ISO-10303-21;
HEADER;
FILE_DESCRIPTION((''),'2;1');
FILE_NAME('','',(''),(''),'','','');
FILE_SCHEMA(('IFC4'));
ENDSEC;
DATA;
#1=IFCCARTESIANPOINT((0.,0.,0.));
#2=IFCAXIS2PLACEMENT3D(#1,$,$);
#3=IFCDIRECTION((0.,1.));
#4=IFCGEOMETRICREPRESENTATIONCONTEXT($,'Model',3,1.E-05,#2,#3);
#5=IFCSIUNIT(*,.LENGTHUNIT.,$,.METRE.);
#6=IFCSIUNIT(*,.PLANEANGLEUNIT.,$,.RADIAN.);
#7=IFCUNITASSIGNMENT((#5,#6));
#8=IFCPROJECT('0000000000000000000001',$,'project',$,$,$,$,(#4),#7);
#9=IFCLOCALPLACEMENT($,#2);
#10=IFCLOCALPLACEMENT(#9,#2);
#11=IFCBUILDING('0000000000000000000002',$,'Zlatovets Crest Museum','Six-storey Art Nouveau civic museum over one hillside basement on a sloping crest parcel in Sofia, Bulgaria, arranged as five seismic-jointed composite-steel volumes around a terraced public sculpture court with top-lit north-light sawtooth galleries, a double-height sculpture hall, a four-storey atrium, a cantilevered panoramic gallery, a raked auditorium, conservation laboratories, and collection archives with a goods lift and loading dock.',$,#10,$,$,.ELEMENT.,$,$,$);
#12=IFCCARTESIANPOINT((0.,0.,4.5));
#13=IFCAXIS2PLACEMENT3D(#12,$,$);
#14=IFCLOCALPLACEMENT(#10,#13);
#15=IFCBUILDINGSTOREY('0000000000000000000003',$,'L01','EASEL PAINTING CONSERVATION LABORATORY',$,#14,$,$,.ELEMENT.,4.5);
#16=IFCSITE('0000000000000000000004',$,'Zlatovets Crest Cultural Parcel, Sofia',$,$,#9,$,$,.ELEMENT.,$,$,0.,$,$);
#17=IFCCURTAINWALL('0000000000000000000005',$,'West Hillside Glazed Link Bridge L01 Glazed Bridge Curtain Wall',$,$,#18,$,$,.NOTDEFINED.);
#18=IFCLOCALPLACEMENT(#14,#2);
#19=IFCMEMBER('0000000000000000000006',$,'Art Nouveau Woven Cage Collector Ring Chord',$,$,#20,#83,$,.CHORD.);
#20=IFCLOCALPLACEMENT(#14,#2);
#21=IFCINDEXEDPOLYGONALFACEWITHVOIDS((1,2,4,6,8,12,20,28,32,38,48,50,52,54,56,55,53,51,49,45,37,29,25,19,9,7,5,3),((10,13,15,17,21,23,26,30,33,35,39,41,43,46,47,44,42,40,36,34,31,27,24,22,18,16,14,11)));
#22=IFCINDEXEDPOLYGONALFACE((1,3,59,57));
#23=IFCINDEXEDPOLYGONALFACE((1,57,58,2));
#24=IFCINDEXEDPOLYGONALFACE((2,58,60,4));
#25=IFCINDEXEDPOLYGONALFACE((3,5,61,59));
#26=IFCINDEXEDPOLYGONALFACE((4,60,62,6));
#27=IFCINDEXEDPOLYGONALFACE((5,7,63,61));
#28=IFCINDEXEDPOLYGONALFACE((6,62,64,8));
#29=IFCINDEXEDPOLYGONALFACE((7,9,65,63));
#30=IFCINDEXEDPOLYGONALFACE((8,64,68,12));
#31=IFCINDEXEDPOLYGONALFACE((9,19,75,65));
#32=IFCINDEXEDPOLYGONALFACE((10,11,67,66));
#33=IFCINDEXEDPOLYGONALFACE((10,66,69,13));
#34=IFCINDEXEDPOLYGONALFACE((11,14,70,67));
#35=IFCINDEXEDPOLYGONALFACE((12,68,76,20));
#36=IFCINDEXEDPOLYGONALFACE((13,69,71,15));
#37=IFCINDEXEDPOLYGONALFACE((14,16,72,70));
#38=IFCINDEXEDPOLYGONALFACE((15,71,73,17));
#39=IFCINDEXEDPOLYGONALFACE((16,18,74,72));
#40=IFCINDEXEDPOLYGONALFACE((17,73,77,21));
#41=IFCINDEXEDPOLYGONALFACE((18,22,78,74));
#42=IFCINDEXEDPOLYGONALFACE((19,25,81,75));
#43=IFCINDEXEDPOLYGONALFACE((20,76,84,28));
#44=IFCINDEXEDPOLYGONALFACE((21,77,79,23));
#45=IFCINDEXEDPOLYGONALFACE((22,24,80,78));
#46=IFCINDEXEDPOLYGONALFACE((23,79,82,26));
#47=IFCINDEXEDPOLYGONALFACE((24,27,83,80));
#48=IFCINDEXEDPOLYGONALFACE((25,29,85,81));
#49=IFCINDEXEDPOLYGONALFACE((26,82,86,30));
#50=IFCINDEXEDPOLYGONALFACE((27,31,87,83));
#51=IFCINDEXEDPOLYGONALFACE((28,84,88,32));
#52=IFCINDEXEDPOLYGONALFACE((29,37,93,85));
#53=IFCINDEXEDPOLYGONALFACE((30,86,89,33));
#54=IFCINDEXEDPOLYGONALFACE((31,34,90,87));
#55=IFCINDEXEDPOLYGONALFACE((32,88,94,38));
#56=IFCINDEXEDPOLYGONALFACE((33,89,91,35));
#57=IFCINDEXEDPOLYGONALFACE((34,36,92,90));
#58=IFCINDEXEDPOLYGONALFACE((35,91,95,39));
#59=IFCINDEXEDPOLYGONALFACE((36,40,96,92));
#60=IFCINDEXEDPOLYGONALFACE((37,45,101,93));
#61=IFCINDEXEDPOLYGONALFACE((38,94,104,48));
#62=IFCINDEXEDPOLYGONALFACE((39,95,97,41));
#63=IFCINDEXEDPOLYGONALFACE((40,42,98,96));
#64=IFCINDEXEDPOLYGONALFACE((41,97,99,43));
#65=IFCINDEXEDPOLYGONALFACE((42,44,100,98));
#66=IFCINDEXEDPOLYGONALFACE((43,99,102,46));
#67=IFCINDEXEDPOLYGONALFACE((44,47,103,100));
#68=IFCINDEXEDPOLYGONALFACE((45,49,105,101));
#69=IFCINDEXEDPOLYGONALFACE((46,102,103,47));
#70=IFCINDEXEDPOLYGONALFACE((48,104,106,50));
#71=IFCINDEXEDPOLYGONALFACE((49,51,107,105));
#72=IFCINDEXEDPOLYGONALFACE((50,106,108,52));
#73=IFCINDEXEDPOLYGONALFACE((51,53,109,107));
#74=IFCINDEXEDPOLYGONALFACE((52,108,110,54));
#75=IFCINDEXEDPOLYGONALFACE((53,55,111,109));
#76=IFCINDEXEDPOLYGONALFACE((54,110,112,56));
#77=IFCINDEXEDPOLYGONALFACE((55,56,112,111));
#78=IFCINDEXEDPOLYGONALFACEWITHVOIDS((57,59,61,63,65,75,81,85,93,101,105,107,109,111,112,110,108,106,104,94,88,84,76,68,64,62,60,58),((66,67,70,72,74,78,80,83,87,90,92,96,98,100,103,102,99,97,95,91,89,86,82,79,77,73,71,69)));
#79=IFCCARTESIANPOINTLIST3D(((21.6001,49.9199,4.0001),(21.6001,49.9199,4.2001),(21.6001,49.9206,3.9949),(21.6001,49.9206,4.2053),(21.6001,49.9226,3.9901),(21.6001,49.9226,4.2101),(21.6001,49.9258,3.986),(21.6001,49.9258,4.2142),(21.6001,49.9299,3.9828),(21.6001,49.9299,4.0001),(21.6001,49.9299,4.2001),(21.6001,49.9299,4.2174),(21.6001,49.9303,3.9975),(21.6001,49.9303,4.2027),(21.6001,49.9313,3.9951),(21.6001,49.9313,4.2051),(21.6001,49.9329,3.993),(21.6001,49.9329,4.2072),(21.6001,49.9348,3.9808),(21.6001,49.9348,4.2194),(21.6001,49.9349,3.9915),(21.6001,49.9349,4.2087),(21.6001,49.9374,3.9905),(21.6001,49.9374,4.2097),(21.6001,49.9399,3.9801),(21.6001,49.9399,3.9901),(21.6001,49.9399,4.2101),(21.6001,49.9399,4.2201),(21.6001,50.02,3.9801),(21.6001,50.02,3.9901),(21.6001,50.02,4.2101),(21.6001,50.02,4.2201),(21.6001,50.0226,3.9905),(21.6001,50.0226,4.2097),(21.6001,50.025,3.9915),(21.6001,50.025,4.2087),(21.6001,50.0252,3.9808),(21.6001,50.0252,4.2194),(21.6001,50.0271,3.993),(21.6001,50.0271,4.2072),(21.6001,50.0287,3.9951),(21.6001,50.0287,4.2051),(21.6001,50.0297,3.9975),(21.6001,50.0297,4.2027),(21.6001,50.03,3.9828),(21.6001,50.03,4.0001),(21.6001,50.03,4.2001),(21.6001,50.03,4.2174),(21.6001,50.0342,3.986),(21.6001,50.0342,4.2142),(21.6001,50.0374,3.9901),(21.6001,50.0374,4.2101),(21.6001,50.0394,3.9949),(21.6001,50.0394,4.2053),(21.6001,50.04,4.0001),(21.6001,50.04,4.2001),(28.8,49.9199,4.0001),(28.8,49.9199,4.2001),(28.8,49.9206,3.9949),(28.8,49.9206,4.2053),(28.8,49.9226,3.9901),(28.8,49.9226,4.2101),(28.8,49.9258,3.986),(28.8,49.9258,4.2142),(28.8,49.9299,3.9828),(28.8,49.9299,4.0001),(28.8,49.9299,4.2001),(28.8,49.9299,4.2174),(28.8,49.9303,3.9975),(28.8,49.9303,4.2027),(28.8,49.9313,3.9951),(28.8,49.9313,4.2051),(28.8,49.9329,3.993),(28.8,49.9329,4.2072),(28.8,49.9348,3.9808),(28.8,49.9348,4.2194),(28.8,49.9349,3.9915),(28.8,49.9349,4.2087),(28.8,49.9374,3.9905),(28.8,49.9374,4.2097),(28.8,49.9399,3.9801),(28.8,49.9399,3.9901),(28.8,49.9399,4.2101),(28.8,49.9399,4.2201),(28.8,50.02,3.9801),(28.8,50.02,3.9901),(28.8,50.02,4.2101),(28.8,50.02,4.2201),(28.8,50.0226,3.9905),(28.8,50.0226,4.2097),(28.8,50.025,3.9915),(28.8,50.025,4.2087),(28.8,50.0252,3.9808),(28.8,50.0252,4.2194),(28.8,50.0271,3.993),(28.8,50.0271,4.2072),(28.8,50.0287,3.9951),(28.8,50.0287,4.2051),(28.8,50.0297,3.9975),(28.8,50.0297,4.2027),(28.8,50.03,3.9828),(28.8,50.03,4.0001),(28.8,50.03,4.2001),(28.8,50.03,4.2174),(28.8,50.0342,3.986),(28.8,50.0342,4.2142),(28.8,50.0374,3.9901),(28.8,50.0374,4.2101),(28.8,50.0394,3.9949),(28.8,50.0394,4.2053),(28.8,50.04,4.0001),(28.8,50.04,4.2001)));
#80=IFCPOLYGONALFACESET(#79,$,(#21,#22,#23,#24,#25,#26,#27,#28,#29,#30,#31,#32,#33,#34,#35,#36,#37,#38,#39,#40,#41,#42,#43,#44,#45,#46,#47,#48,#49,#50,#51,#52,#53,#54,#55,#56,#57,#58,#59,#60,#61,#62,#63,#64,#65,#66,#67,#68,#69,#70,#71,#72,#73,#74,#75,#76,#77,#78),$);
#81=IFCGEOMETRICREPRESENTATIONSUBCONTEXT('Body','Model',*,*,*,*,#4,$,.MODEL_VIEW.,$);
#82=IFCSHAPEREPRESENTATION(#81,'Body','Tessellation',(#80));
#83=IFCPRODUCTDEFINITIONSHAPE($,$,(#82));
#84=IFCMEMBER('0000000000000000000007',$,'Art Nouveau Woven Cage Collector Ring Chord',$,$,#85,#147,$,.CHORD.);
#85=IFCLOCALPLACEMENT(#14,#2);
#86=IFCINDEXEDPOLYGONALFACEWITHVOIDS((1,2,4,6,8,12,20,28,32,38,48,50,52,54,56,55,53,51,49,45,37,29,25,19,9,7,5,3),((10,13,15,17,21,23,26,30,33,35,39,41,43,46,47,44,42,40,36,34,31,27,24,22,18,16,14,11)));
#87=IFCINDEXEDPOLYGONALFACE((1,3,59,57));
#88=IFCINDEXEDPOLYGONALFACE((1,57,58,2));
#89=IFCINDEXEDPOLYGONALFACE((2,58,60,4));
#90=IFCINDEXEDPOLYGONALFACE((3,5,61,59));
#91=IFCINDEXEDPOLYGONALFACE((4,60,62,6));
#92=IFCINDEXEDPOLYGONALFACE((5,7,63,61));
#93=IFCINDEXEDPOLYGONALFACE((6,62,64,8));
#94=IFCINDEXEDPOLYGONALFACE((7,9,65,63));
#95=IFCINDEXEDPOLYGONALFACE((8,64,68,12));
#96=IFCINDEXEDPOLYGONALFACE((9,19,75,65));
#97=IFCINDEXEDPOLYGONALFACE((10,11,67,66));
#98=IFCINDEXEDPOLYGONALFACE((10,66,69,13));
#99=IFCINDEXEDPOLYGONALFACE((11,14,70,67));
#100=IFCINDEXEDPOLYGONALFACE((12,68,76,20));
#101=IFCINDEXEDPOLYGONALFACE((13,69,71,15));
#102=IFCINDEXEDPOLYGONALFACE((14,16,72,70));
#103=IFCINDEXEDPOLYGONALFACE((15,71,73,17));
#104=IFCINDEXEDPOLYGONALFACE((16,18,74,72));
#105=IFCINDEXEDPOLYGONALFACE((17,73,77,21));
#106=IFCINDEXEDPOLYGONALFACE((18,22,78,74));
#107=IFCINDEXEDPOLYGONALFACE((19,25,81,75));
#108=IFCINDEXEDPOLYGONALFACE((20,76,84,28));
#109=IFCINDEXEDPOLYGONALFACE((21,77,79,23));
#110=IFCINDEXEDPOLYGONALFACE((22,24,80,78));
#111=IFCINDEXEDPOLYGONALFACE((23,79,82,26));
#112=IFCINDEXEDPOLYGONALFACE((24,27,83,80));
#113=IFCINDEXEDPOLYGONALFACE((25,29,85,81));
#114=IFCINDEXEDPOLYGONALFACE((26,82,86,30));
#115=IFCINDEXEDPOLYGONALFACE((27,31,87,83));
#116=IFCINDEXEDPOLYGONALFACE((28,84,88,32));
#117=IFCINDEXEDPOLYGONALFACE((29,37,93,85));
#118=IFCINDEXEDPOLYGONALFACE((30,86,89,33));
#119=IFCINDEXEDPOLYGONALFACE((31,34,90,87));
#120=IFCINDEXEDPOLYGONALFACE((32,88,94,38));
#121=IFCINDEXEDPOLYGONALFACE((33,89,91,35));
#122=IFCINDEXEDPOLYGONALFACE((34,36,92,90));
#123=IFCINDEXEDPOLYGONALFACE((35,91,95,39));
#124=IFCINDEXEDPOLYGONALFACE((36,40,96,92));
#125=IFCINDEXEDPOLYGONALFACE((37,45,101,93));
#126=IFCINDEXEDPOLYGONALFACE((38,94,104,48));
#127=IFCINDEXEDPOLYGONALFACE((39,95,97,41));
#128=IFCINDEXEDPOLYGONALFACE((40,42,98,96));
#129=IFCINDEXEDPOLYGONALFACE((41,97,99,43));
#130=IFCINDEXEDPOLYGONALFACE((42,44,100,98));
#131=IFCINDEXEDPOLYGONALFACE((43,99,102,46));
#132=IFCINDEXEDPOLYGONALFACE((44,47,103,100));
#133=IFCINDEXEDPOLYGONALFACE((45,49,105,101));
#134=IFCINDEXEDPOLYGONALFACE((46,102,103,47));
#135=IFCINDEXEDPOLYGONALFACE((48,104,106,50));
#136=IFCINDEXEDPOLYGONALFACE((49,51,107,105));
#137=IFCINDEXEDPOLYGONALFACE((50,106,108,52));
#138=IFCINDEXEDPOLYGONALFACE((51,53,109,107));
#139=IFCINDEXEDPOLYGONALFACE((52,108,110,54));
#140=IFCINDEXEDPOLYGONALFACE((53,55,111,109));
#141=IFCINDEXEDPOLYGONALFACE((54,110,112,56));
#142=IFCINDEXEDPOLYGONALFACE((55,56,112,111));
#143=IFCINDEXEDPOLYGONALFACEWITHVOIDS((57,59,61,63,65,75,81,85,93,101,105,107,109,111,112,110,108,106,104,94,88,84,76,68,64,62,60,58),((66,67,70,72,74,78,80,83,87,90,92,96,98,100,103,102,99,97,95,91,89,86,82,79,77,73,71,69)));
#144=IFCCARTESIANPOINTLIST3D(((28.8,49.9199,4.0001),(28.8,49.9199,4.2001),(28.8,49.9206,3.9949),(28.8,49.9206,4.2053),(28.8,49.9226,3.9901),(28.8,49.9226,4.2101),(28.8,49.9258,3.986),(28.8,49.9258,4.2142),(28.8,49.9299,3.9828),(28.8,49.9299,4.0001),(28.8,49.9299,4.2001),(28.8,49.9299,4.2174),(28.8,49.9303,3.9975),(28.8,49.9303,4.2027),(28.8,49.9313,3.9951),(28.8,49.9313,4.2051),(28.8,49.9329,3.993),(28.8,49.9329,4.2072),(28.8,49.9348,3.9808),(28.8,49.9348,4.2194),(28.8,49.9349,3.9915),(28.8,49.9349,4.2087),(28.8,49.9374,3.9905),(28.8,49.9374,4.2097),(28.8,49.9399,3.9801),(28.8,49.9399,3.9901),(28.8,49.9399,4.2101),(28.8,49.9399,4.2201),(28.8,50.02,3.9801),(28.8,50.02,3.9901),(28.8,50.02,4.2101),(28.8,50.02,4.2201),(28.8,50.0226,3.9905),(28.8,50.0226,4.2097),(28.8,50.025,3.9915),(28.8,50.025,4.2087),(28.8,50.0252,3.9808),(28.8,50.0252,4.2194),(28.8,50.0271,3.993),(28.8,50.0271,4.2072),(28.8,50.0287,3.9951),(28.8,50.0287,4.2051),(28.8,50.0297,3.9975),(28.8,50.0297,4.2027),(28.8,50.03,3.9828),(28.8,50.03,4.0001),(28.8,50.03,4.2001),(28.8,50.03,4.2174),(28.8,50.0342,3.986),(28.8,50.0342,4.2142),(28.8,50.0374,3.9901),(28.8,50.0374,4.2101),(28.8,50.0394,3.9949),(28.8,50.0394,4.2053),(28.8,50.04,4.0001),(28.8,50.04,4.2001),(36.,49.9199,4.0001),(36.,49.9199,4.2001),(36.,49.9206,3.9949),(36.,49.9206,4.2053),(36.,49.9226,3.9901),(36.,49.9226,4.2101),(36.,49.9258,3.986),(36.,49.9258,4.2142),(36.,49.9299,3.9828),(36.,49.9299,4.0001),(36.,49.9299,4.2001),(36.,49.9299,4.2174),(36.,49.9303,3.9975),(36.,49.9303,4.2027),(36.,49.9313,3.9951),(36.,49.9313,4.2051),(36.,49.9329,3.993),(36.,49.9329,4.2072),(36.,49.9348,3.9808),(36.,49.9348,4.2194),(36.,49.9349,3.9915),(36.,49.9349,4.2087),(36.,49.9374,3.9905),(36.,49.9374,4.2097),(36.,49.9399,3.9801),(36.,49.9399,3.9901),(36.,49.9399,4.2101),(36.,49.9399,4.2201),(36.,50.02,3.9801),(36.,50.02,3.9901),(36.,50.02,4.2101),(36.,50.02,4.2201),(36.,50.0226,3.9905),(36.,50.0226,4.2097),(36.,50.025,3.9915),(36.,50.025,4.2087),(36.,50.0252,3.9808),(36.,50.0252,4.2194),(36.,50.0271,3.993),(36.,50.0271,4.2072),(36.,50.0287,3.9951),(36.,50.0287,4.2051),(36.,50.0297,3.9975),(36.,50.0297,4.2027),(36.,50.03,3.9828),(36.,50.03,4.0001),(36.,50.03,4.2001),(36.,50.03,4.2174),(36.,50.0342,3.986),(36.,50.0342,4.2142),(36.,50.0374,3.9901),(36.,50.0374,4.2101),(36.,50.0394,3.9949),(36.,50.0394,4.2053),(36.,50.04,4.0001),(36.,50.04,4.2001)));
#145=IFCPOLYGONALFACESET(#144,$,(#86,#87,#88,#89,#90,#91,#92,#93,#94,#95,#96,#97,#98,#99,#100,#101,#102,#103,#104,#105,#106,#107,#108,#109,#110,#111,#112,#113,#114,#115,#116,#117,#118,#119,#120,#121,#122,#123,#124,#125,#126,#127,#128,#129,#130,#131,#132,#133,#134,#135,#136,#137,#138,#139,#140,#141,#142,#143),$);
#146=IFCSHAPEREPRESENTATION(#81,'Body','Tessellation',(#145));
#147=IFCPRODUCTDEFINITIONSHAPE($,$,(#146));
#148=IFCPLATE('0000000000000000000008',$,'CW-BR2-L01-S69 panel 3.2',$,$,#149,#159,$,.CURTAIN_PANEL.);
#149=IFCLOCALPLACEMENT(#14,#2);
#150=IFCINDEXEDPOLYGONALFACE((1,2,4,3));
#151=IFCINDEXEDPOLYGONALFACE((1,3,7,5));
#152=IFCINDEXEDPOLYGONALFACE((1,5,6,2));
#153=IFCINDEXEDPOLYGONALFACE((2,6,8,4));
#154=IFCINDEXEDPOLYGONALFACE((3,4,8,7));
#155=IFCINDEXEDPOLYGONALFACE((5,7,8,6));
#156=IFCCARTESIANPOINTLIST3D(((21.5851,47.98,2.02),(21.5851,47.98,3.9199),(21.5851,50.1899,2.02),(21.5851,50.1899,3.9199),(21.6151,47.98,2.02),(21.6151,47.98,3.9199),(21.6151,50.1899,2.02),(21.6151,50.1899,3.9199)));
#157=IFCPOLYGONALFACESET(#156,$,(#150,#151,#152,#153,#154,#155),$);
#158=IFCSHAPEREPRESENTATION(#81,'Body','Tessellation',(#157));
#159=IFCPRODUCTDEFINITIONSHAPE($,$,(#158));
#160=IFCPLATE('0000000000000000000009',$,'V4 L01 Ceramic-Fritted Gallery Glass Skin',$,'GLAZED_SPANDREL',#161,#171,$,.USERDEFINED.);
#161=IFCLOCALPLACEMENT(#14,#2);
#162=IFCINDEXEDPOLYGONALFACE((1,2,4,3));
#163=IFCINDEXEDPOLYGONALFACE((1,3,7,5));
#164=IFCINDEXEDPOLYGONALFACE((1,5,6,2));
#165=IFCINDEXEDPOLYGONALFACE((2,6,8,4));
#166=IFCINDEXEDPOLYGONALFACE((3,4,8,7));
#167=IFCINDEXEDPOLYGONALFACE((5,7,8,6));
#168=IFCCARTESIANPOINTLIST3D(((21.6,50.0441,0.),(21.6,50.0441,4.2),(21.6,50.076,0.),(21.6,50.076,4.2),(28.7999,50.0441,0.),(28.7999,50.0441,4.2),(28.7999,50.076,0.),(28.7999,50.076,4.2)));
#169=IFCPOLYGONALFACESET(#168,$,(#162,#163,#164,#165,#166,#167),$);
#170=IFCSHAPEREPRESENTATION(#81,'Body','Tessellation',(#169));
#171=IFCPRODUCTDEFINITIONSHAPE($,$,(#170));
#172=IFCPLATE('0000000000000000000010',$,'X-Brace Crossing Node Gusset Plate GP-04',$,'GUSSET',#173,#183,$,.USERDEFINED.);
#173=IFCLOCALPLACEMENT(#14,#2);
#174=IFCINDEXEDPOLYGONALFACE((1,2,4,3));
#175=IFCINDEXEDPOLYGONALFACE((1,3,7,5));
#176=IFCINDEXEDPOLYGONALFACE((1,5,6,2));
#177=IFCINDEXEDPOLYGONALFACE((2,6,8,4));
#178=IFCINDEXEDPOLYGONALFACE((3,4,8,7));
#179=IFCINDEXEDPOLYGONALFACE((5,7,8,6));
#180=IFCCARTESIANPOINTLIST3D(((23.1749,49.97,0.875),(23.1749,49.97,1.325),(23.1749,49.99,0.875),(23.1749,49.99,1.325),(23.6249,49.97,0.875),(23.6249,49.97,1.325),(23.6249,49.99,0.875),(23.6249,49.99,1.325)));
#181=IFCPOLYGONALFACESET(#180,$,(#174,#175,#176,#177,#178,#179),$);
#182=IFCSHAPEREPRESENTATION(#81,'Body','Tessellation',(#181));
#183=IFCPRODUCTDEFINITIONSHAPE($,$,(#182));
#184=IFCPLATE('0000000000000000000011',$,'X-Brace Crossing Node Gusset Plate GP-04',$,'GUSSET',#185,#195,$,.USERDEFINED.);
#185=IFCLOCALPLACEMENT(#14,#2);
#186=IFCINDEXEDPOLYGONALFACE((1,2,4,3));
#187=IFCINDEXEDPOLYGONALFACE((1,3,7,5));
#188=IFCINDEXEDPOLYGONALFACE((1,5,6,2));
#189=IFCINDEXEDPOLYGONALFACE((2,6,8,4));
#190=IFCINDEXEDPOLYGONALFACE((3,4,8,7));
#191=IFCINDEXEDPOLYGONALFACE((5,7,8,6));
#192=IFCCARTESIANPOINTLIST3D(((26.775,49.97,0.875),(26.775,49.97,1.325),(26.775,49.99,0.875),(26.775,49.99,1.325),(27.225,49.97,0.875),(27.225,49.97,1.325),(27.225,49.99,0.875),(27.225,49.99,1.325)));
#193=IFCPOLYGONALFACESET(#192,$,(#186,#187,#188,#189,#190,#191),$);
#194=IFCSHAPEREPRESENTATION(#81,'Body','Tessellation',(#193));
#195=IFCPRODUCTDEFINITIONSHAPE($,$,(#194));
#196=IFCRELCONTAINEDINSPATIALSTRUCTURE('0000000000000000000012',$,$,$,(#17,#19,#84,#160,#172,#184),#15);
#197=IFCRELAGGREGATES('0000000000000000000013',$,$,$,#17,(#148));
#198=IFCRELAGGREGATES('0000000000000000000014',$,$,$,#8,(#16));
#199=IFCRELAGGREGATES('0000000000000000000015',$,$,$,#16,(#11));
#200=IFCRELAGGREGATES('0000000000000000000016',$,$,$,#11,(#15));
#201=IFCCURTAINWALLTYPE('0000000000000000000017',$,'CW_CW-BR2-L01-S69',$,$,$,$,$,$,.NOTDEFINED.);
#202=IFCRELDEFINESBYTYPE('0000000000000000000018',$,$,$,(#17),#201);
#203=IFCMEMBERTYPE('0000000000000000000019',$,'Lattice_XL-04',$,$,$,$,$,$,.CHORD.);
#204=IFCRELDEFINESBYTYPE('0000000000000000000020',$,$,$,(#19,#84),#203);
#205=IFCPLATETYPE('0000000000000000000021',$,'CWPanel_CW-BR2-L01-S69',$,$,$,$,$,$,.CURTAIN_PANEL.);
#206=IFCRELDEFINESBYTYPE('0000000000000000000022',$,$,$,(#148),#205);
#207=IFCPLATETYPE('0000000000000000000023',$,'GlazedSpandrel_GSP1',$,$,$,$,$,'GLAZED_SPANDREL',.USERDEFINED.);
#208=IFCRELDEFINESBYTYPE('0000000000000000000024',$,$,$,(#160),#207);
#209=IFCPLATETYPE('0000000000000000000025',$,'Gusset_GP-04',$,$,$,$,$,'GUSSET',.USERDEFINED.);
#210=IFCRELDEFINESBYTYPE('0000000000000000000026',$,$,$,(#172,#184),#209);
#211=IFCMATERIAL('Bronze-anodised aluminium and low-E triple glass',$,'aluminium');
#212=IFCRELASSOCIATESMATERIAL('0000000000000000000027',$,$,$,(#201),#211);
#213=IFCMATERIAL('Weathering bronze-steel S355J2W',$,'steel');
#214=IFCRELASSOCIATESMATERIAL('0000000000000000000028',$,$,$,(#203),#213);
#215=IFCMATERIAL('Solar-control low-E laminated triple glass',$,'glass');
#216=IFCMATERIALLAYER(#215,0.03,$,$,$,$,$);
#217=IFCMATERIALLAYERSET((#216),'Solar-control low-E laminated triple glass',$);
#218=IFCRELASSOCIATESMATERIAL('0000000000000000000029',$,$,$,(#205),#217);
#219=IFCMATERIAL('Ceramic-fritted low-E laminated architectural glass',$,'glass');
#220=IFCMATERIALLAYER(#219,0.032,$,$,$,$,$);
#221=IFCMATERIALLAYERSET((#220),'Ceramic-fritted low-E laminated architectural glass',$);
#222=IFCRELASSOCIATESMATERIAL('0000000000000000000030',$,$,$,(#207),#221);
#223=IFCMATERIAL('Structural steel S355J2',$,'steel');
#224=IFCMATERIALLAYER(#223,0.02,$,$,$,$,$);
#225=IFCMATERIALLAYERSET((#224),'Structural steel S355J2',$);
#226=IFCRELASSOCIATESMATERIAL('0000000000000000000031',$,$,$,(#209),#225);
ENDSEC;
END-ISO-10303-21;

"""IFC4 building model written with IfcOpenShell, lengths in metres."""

from ifc_helpers import new_model, si_unit, direction, frame, origin, origin_2d, place, context, subcontext, project, spatial, rectangle, hollow_rectangle, extrude, material, layer, layer_set, material_profile, profile_set, type_object, element, aggregate, save


model = new_model("IFC4")

# Units and contexts
model_context = context("Model", 3, precision=1e-05, world=origin(), true_north=direction((0.0, 1.0)))
body_context = subcontext(model_context, "Body", "Model", "MODEL_VIEW")
ifc_project = project(units=[si_unit("LENGTHUNIT", "METRE"), si_unit("PLANEANGLEUNIT", "RADIAN")], contexts=[model_context])

# Site, building, storey
site_placement = place(None, origin())
site = spatial("IfcSite", under=ifc_project, at=site_placement, Name="Zlatovets Crest Cultural Parcel, Sofia", CompositionType="ELEMENT", RefElevation=0.0)
building_placement = place(site_placement, origin())
building = spatial("IfcBuilding", under=site, at=building_placement, Name="Zlatovets Crest Museum", Description="Six-storey Art Nouveau civic museum over one hillside basement on a sloping crest parcel in Sofia, Bulgaria, arranged as five seismic-jointed composite-steel volumes around a terraced public sculpture court with top-lit north-light sawtooth galleries, a double-height sculpture hall, a four-storey atrium, a cantilevered panoramic gallery, a raked auditorium, conservation laboratories, and collection archives with a goods lift and loading dock.", CompositionType="ELEMENT")
storey_placement = place(building_placement, frame((0.0, 0.0, 4.5)))
storey = spatial("IfcBuildingStorey", under=building, at=storey_placement, Name="L01", Description="EASEL PAINTING CONSERVATION LABORATORY", CompositionType="ELEMENT", Elevation=4.5)

# Shared definitions
ifc_material_1 = material(Name="Structural steel S355J2", Category="steel")

# Curtain wall
ifc_material_2 = material(Name="Bronze-anodised aluminium and low-E triple glass", Category="aluminium")
curtain_wall_type = type_object("IfcCurtainWallType", Name="CW_CW-BR2-L01-S69", PredefinedType="NOTDEFINED", material=ifc_material_2)
curtain_wall_placement = place(storey_placement, origin())
curtain_wall = element("IfcCurtainWall", 1, at=curtain_wall_placement, inside=storey, type_object=curtain_wall_type, Name="West Hillside Glazed Link Bridge L01 Glazed Bridge Curtain Wall", PredefinedType="NOTDEFINED")

# Members
ifc_material_3 = material(Name="Weathering bronze-steel S355J2W", Category="steel")
ifc_material_profile_1 = material_profile(ifc_material_3, hollow_rectangle(XDim=0.1201, YDim=0.24, WallThickness=0.01, InnerFilletRadius=0.01, OuterFilletRadius=0.02, at=origin_2d()), Name="RHS 120x240x10.0")
ifc_profile_set_1 = profile_set([ifc_material_profile_1], Name="Weathering bronze-steel S355J2W")
member_type_1 = type_object("IfcMemberType", Name="Lattice_XL-04", PredefinedType="CHORD", material=ifc_profile_set_1)
for number, where, z_axis, x_axis, name in (
    (2, (21.6001, 49.98, 4.1001), (1.0, 0.0, 0.0), (0.0, 1.0, 0.0), "Art Nouveau Woven Cage Collector Ring Chord"),
    (3, (28.8, 49.98, 4.1001), (1.0, 0.0, 0.0), (0.0, 1.0, 0.0), "Art Nouveau Woven Cage Collector Ring Chord"),
):
    element("IfcMember", number, at=place(storey_placement, frame(where, z_axis=z_axis, x_axis=x_axis)), inside=storey, type_object=member_type_1, Name=name, PredefinedType="CHORD", context=body_context, shape_type="SweptSolid", body=[
        extrude(hollow_rectangle(XDim=0.1201, YDim=0.24, WallThickness=0.01, InnerFilletRadius=0.01, OuterFilletRadius=0.02, at=origin_2d()), origin(), (0.0, 0.0, 1.0), 7.2),
    ])

# Plate
ifc_material_4 = material(Name="Solar-control low-E laminated triple glass", Category="glass")
ifc_layer_1 = layer(ifc_material_4, 0.03)
ifc_layer_set_1 = layer_set([ifc_layer_1], Name="Solar-control low-E laminated triple glass")
plate_type_1 = type_object("IfcPlateType", Name="CWPanel_CW-BR2-L01-S69", PredefinedType="CURTAIN_PANEL", material=ifc_layer_set_1)
plate_1_placement = place(storey_placement, frame((21.6001, 49.085, 2.02), z_axis=(0.0, 0.0, 1.0), x_axis=(0.0, 1.0, 0.0)))
plate_1 = element("IfcPlate", 4, at=plate_1_placement, type_object=plate_type_1, Name="CW-BR2-L01-S69 panel 3.2", PredefinedType="CURTAIN_PANEL", context=body_context, shape_type="SweptSolid", body=[
    extrude(rectangle(XDim=2.21, YDim=0.03, at=origin_2d()), origin(), (0.0, 0.0, 1.0), 1.8999),
])
aggregate(curtain_wall, [plate_1])

# Plates
ifc_material_5 = material(Name="Ceramic-fritted low-E laminated architectural glass", Category="glass")
ifc_layer_2 = layer(ifc_material_5, 0.032)
ifc_layer_set_2 = layer_set([ifc_layer_2], Name="Ceramic-fritted low-E laminated architectural glass")
plate_type_2 = type_object("IfcPlateType", Name="GlazedSpandrel_GSP1", ElementType="GLAZED_SPANDREL", PredefinedType="USERDEFINED", material=ifc_layer_set_2)
plate_2_placement = place(storey_placement, frame((25.2, 50.0601, 0.0), z_axis=(0.0, 0.0, 1.0), x_axis=(1.0, 0.0, 0.0)))
element("IfcPlate", 5, at=plate_2_placement, inside=storey, type_object=plate_type_2, Name="V4 L01 Ceramic-Fritted Gallery Glass Skin", ObjectType="GLAZED_SPANDREL", PredefinedType="USERDEFINED", context=body_context, shape_type="SweptSolid", body=[
    extrude(rectangle(XDim=7.2, YDim=0.032, at=origin_2d()), origin(), (0.0, 0.0, 1.0), 4.2),
])
ifc_layer_3 = layer(ifc_material_1, 0.02)
ifc_layer_set_3 = layer_set([ifc_layer_3], Name="Structural steel S355J2")
plate_type_3 = type_object("IfcPlateType", Name="Gusset_GP-04", ElementType="GUSSET", PredefinedType="USERDEFINED", material=ifc_layer_set_3)
for number, where, z_axis, x_axis, name in (
    (6, (23.3999, 49.98, 0.875), (0.0, 0.0, 1.0), (1.0, 0.0, 0.0), "X-Brace Crossing Node Gusset Plate GP-04"),
    (7, (27.0, 49.98, 0.875), (0.0, 0.0, 1.0), (1.0, 0.0, 0.0), "X-Brace Crossing Node Gusset Plate GP-04"),
):
    element("IfcPlate", number, at=place(storey_placement, frame(where, z_axis=z_axis, x_axis=x_axis)), inside=storey, type_object=plate_type_3, Name=name, ObjectType="GUSSET", PredefinedType="USERDEFINED", context=body_context, shape_type="SweptSolid", body=[
        extrude(rectangle(XDim=0.45, YDim=0.02, at=origin_2d()), origin(), (0.0, 0.0, 1.0), 0.45),
    ])

save(model, "model.ifc")
